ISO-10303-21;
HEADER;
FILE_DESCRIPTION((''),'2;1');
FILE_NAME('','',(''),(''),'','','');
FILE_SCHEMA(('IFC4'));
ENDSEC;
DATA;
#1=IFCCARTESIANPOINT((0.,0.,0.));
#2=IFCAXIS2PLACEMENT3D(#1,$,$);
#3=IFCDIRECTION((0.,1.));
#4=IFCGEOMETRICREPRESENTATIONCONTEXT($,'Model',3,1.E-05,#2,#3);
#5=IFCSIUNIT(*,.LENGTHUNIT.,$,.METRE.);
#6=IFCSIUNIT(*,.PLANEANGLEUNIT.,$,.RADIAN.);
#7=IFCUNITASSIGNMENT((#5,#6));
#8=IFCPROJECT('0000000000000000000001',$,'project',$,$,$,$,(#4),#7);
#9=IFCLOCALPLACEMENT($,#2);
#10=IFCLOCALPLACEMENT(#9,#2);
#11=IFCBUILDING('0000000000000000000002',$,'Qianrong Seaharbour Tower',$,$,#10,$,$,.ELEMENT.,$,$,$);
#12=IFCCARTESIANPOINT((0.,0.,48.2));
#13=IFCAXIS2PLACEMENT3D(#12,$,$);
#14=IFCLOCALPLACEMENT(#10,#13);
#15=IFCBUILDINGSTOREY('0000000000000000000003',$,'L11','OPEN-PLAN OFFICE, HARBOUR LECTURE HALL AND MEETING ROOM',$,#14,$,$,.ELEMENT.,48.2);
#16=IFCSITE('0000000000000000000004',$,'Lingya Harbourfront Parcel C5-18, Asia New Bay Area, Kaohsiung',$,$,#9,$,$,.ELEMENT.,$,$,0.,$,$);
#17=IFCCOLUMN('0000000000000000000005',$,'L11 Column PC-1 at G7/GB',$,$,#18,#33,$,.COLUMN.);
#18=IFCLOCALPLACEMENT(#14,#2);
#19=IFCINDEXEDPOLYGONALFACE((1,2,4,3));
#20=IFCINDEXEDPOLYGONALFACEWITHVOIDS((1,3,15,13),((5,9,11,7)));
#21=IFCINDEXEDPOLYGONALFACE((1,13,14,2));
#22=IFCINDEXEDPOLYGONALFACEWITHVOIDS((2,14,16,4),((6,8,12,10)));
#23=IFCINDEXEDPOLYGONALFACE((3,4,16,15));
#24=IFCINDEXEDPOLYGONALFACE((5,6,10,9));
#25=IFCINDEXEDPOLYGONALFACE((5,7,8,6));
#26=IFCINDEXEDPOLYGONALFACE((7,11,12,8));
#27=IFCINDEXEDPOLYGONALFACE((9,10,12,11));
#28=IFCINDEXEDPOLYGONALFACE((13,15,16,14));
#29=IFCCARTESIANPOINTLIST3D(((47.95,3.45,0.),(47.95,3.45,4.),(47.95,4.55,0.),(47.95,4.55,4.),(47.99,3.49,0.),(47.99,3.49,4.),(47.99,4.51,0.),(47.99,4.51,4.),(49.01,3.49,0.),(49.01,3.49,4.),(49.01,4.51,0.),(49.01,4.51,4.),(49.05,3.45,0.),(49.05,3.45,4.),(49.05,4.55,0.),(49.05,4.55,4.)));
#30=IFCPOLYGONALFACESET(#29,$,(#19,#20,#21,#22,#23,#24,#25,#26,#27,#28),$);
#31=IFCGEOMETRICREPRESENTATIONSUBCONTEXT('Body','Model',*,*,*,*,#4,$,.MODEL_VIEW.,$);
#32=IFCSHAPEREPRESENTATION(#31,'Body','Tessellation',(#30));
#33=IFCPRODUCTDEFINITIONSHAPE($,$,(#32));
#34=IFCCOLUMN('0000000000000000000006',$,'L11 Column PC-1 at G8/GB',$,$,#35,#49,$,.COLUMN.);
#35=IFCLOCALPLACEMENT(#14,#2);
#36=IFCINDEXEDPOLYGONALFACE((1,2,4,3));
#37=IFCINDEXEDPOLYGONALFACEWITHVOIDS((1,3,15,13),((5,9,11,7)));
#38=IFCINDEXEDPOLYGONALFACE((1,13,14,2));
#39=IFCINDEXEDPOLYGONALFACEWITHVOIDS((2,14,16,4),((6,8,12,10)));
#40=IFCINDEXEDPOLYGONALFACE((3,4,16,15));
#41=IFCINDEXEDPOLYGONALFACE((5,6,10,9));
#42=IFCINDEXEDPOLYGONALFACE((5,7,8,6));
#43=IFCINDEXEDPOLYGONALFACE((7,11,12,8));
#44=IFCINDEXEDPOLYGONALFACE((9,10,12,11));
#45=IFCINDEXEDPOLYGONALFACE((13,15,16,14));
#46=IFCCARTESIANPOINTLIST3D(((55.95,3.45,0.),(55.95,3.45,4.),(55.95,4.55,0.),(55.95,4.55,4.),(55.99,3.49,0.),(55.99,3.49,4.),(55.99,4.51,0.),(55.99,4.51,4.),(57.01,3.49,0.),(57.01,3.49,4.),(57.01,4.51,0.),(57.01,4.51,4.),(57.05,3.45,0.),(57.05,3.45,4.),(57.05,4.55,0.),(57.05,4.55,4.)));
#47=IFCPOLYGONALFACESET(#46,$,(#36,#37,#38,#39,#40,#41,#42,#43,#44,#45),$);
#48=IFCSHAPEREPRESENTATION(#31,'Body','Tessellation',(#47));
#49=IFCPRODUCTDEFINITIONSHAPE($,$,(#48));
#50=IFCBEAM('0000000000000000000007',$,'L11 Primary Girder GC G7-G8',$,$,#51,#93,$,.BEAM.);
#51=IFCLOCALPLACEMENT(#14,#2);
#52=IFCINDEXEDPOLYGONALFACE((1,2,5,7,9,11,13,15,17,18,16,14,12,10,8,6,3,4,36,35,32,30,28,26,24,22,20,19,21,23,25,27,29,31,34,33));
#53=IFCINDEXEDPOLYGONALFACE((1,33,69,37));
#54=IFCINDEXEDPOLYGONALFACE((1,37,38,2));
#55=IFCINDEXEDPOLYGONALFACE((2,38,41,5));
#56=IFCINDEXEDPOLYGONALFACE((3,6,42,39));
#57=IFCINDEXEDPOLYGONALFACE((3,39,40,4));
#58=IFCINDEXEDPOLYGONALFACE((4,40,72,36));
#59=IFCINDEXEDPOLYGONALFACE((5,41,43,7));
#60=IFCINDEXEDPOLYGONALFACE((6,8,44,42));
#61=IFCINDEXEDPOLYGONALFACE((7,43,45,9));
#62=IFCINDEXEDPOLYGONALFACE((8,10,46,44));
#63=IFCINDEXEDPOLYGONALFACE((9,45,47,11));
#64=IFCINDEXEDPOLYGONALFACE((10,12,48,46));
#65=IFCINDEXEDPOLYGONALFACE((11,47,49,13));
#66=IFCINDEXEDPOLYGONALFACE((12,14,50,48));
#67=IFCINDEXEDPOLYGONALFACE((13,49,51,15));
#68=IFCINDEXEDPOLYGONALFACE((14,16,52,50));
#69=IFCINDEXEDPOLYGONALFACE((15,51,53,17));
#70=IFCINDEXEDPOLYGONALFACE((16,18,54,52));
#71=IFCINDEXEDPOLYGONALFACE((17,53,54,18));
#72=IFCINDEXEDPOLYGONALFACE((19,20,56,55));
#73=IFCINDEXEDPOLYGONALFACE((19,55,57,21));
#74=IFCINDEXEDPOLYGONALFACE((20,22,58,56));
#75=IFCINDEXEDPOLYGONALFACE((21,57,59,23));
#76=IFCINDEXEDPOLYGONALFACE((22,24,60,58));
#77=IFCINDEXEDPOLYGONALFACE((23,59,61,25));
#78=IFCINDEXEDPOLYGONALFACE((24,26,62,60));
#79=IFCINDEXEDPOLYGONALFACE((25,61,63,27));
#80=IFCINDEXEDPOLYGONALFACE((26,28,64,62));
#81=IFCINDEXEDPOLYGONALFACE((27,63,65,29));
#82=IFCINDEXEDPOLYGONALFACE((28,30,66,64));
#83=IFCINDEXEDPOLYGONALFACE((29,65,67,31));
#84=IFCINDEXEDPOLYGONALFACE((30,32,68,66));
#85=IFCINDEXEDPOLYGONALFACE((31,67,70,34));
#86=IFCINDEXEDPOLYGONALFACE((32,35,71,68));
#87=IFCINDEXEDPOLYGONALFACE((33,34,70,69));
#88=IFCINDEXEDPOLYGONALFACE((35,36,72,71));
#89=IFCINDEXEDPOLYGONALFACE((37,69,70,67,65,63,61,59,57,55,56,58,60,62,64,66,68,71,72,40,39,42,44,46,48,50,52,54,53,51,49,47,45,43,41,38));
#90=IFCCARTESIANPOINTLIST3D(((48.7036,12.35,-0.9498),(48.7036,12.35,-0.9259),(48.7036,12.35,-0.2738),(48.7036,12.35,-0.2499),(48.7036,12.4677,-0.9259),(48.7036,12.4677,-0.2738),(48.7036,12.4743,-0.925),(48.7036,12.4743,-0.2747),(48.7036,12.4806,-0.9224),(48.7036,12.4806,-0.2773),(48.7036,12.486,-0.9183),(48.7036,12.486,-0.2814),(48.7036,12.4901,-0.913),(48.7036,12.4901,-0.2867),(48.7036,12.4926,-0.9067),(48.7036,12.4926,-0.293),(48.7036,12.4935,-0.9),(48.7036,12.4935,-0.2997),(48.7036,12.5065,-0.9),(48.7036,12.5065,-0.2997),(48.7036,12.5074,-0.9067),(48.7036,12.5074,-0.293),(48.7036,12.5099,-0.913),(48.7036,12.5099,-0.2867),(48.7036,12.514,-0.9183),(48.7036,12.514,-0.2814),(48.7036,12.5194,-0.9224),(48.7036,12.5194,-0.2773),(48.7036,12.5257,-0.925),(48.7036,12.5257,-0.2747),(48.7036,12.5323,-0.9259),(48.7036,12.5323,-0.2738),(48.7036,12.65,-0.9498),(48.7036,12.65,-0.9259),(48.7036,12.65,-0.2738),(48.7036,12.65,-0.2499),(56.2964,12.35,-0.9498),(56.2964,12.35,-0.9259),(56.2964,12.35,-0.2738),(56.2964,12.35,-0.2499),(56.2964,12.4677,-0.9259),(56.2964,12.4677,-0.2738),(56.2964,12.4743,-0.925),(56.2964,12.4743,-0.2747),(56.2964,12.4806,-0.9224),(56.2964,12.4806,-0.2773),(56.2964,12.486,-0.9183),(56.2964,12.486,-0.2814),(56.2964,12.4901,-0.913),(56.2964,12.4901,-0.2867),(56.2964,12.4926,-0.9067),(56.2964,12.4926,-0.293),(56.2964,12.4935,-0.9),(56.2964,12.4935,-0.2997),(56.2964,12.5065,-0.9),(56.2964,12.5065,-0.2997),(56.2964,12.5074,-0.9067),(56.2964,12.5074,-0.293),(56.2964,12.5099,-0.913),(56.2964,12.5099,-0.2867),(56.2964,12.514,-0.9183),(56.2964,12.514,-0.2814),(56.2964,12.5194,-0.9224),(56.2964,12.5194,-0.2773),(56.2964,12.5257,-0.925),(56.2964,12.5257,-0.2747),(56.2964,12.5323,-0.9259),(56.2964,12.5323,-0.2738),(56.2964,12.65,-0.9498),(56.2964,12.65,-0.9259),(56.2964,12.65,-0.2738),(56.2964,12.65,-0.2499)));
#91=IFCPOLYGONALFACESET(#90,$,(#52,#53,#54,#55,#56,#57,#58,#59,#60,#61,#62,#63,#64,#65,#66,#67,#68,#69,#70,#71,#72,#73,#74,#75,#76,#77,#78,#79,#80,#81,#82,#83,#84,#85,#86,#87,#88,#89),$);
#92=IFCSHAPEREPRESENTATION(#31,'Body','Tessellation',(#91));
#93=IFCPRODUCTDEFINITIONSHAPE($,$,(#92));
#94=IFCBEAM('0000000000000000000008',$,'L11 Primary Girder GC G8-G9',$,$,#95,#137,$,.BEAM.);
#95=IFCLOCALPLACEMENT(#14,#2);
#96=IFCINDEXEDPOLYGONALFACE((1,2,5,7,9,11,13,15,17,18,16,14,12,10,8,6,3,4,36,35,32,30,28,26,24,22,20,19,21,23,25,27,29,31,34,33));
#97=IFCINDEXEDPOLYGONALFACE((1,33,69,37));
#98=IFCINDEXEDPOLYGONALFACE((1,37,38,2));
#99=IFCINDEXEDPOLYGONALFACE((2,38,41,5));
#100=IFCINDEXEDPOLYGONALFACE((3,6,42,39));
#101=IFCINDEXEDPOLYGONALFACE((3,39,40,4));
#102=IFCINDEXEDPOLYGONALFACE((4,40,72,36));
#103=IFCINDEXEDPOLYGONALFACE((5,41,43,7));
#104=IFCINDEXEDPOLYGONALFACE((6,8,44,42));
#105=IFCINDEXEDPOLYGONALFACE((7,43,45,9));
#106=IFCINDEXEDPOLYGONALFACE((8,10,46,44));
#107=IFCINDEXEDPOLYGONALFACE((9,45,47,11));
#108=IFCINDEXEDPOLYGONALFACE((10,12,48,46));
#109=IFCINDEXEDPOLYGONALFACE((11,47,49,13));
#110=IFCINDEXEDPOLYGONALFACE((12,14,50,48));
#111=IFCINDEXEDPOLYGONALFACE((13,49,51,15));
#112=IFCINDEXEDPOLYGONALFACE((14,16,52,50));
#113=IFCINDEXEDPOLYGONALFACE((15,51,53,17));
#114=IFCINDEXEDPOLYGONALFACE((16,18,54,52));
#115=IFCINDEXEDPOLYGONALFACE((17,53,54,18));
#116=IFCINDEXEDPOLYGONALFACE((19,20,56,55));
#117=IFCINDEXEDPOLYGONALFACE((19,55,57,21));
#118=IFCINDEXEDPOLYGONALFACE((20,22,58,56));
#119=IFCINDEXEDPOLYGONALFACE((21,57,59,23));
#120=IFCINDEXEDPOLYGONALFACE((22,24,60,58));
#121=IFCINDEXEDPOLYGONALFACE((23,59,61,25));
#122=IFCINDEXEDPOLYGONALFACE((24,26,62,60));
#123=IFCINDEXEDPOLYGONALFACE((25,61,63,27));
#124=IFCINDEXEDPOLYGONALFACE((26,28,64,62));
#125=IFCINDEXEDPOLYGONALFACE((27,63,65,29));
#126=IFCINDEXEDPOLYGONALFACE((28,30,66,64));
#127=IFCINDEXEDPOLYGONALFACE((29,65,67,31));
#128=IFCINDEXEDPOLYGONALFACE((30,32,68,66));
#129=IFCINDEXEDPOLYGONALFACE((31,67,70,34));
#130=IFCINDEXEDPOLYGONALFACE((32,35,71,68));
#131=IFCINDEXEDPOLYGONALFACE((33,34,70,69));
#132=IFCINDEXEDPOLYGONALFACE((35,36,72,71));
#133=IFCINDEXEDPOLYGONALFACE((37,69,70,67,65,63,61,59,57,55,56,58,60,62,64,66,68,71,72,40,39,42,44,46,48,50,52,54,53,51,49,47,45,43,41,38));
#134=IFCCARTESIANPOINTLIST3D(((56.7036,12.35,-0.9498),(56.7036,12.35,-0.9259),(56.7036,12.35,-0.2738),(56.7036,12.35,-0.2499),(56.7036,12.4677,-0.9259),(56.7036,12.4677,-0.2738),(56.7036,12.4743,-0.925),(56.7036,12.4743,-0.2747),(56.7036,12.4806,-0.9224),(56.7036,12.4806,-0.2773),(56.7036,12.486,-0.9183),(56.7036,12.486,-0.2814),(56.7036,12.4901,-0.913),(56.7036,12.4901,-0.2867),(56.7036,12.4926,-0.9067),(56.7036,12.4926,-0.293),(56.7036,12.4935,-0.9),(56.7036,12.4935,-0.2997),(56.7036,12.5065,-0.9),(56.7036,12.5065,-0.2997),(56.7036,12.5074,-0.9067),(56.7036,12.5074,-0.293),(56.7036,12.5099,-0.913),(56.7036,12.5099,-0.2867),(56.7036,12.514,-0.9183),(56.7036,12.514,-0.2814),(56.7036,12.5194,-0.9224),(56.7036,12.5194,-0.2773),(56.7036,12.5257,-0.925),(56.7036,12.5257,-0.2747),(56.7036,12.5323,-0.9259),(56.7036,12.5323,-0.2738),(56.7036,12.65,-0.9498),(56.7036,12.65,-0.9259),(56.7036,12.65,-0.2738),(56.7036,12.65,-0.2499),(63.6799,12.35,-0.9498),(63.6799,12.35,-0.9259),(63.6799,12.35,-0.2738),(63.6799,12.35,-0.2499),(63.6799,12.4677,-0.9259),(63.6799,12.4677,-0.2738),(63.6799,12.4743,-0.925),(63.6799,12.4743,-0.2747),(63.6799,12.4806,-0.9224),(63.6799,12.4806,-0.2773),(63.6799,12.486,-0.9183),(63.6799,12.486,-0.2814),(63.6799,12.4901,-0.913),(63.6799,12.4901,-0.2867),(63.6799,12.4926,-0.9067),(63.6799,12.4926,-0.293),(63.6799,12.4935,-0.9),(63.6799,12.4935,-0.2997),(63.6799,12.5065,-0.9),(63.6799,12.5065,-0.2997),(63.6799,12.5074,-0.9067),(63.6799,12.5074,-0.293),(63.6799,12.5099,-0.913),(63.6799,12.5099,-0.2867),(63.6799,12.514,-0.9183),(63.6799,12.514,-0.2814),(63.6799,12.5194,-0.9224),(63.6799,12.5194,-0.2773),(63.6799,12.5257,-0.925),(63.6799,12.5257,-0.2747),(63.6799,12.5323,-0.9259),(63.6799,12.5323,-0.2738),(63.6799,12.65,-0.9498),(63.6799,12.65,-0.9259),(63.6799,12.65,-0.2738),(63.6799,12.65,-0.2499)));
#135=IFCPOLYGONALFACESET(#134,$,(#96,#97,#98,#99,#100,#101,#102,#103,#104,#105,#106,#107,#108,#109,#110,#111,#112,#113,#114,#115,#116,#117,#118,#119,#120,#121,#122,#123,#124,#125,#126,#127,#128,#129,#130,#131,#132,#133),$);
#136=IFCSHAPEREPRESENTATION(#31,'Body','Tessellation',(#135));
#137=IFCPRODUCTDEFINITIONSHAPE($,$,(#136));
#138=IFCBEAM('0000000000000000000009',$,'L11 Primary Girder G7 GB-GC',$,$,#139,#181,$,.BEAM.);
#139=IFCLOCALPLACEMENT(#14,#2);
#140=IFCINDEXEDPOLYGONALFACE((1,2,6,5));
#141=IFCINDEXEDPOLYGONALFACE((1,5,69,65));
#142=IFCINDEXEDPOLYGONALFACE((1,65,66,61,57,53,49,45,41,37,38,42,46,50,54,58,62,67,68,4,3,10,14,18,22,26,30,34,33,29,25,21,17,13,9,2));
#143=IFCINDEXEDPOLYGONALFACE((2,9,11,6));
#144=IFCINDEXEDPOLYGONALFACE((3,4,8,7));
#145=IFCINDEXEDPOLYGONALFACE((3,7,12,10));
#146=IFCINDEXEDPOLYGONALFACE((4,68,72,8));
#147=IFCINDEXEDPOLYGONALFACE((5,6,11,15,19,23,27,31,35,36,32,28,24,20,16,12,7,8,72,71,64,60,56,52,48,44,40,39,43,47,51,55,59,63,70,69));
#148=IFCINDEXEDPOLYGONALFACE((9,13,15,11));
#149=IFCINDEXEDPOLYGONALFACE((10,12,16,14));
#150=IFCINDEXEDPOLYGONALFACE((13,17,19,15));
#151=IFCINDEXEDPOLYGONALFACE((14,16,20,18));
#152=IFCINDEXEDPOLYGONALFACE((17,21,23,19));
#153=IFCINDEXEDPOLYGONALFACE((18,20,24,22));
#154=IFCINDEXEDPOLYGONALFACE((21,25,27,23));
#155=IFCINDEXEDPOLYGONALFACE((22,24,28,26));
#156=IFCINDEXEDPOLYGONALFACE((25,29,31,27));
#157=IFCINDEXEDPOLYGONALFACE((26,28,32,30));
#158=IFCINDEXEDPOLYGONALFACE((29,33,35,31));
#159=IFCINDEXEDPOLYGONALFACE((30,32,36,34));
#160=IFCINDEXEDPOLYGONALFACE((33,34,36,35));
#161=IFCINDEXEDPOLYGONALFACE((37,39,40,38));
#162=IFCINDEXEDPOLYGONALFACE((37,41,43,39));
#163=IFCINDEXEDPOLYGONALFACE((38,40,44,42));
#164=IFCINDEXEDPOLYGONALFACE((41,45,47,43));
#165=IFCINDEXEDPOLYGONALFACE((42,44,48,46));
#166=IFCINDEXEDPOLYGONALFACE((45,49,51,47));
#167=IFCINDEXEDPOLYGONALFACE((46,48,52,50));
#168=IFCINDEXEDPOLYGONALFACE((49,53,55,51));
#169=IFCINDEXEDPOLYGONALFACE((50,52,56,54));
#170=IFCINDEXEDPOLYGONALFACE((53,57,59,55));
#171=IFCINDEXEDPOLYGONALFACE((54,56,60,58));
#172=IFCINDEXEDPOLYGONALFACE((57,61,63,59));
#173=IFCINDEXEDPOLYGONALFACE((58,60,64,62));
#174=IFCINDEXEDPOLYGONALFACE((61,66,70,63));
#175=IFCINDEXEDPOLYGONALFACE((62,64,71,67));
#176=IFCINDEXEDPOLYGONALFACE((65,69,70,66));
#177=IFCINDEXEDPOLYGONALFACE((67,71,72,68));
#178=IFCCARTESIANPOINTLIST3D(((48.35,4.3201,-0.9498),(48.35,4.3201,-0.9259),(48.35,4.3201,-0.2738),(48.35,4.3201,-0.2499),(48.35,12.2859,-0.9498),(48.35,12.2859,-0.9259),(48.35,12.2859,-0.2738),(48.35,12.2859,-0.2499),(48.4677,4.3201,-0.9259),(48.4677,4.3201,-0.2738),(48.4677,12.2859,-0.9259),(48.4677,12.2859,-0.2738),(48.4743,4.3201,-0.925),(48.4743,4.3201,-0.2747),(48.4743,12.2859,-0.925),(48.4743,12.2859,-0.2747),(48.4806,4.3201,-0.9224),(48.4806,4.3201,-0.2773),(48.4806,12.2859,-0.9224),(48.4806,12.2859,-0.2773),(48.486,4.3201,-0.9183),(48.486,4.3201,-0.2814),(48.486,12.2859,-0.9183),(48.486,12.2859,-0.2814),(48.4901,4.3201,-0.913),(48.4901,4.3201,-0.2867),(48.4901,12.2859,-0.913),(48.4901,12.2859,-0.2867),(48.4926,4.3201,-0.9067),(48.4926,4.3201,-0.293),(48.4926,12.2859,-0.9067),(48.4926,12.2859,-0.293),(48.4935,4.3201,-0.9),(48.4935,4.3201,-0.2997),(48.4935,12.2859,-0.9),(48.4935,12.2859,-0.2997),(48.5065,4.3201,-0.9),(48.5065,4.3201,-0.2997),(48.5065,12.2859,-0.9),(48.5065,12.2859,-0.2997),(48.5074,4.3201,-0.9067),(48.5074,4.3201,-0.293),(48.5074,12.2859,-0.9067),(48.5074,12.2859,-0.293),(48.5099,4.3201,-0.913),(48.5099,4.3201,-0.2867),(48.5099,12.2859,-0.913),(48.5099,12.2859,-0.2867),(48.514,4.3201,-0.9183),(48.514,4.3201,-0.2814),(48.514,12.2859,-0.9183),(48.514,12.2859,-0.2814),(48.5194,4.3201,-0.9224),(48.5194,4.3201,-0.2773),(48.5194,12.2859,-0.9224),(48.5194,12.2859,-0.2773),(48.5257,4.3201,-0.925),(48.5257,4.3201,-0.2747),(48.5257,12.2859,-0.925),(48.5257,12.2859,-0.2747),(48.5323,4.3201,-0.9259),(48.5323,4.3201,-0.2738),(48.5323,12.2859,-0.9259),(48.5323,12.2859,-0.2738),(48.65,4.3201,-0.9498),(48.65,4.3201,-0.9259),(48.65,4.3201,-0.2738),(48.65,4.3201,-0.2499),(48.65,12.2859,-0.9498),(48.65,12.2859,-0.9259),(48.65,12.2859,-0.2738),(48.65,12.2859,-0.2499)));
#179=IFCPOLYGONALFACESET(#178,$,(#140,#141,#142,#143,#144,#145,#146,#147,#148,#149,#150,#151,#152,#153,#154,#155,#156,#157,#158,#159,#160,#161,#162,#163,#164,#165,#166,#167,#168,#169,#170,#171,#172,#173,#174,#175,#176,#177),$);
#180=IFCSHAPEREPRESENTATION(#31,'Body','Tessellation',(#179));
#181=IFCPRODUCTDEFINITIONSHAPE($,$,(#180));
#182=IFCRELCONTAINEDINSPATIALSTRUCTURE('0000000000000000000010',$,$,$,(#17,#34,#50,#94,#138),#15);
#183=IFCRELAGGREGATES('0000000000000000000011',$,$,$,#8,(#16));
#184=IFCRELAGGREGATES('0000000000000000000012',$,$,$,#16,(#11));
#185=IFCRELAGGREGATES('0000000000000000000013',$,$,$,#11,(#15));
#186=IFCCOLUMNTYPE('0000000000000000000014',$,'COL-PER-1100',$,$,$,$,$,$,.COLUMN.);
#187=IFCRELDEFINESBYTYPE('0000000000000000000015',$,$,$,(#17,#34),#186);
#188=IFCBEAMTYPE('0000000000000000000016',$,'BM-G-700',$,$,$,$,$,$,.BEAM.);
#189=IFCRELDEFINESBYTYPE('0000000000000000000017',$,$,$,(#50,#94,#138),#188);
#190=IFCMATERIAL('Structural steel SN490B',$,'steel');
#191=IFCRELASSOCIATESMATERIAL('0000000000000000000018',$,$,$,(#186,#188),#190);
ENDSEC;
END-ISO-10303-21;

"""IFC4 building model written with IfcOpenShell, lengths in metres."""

from ifc_helpers import new_model, si_unit, direction, frame, origin, origin_2d, place, context, subcontext, project, spatial, hollow_rectangle, i_section, extrude, material, material_profile, profile_set, type_object, element, save


model = new_model("IFC4")

# Units and contexts
model_context = context("Model", 3, precision=1e-05, world=origin(), true_north=direction((0.0, 1.0)))
body_context = subcontext(model_context, "Body", "Model", "MODEL_VIEW")
ifc_project = project(units=[si_unit("LENGTHUNIT", "METRE"), si_unit("PLANEANGLEUNIT", "RADIAN")], contexts=[model_context])

# Site, building, storey
site_placement = place(None, origin())
site = spatial("IfcSite", under=ifc_project, at=site_placement, Name="Lingya Harbourfront Parcel C5-18, Asia New Bay Area, Kaohsiung", CompositionType="ELEMENT", RefElevation=0.0)
building_placement = place(site_placement, origin())
building = spatial("IfcBuilding", under=site, at=building_placement, Name="Qianrong Seaharbour Tower", CompositionType="ELEMENT")
storey_placement = place(building_placement, frame((0.0, 0.0, 48.2)))
storey = spatial("IfcBuildingStorey", under=building, at=storey_placement, Name="L11", Description="OPEN-PLAN OFFICE, HARBOUR LECTURE HALL AND MEETING ROOM", CompositionType="ELEMENT", Elevation=48.2)

# Columns
ifc_material_1 = material(Name="Structural steel SN490B", Category="steel")
ifc_material_profile_1 = material_profile(ifc_material_1, hollow_rectangle(XDim=1.1001, YDim=1.1001, WallThickness=0.04, at=origin_2d()), Name="BOX1100x1100x40")
ifc_profile_set_1 = profile_set([ifc_material_profile_1], Name="Structural steel SN490B")
column_type_1 = type_object("IfcColumnType", Name="COL-PER-1100", PredefinedType="COLUMN", material=ifc_profile_set_1)
for number, where, z_axis, x_axis, name in (
    (1, (48.5, 4.0, 0.0), (0.0, 0.0, 1.0), (1.0, 0.0, 0.0), "L11 Column PC-1 at G7/GB"),
    (2, (56.5, 4.0, 0.0), (0.0, 0.0, 1.0), (1.0, 0.0, 0.0), "L11 Column PC-1 at G8/GB"),
):
    element("IfcColumn", number, at=place(storey_placement, frame(where, z_axis=z_axis, x_axis=x_axis)), inside=storey, type_object=column_type_1, Name=name, PredefinedType="COLUMN", context=body_context, shape_type="SweptSolid", body=[
        extrude(hollow_rectangle(XDim=1.1001, YDim=1.1001, WallThickness=0.04, at=origin_2d()), origin(), (0.0, 0.0, 1.0), 4.0),
    ])

# Beams
ifc_material_profile_2 = material_profile(ifc_material_1, i_section(OverallWidth=0.3, OverallDepth=0.7, WebThickness=0.0129, FlangeThickness=0.0239, FilletRadius=0.0259, at=origin_2d()), Name="H700x300x13x24")
ifc_profile_set_2 = profile_set([ifc_material_profile_2], Name="Structural steel SN490B")
beam_type_1 = type_object("IfcBeamType", Name="BM-G-700", PredefinedType="BEAM", material=ifc_profile_set_2)
beam_1_placement = place(storey_placement, frame((48.7036, 12.5, -0.5999), z_axis=(1.0, 0.0, 0.0), x_axis=(0.0, 1.0, 0.0)))
element("IfcBeam", 3, at=beam_1_placement, inside=storey, type_object=beam_type_1, Name="L11 Primary Girder GC G7-G8", PredefinedType="BEAM", context=body_context, shape_type="SweptSolid", body=[
    extrude(i_section(OverallWidth=0.3, OverallDepth=0.7, WebThickness=0.0129, FlangeThickness=0.0239, FilletRadius=0.0259, at=origin_2d()), origin(), (0.0, 0.0, 1.0), 7.5928),
])
beam_2_placement = place(storey_placement, frame((56.7036, 12.5, -0.5999), z_axis=(1.0, 0.0, 0.0), x_axis=(0.0, 1.0, 0.0)))
element("IfcBeam", 4, at=beam_2_placement, inside=storey, type_object=beam_type_1, Name="L11 Primary Girder GC G8-G9", PredefinedType="BEAM", context=body_context, shape_type="SweptSolid", body=[
    extrude(i_section(OverallWidth=0.3, OverallDepth=0.7, WebThickness=0.0129, FlangeThickness=0.0239, FilletRadius=0.0259, at=origin_2d()), origin(), (0.0, 0.0, 1.0), 6.9763),
])
beam_3_placement = place(storey_placement, frame((48.5, 4.3201, -0.5999), z_axis=(0.0, 1.0, 0.0), x_axis=(-1.0, 0.0, 0.0)))
element("IfcBeam", 5, at=beam_3_placement, inside=storey, type_object=beam_type_1, Name="L11 Primary Girder G7 GB-GC", PredefinedType="BEAM", context=body_context, shape_type="SweptSolid", body=[
    extrude(i_section(OverallWidth=0.3, OverallDepth=0.7, WebThickness=0.0129, FlangeThickness=0.0239, FilletRadius=0.0259, at=origin_2d()), origin(), (0.0, 0.0, 1.0), 7.9658),
])

save(model, "model.ifc")
